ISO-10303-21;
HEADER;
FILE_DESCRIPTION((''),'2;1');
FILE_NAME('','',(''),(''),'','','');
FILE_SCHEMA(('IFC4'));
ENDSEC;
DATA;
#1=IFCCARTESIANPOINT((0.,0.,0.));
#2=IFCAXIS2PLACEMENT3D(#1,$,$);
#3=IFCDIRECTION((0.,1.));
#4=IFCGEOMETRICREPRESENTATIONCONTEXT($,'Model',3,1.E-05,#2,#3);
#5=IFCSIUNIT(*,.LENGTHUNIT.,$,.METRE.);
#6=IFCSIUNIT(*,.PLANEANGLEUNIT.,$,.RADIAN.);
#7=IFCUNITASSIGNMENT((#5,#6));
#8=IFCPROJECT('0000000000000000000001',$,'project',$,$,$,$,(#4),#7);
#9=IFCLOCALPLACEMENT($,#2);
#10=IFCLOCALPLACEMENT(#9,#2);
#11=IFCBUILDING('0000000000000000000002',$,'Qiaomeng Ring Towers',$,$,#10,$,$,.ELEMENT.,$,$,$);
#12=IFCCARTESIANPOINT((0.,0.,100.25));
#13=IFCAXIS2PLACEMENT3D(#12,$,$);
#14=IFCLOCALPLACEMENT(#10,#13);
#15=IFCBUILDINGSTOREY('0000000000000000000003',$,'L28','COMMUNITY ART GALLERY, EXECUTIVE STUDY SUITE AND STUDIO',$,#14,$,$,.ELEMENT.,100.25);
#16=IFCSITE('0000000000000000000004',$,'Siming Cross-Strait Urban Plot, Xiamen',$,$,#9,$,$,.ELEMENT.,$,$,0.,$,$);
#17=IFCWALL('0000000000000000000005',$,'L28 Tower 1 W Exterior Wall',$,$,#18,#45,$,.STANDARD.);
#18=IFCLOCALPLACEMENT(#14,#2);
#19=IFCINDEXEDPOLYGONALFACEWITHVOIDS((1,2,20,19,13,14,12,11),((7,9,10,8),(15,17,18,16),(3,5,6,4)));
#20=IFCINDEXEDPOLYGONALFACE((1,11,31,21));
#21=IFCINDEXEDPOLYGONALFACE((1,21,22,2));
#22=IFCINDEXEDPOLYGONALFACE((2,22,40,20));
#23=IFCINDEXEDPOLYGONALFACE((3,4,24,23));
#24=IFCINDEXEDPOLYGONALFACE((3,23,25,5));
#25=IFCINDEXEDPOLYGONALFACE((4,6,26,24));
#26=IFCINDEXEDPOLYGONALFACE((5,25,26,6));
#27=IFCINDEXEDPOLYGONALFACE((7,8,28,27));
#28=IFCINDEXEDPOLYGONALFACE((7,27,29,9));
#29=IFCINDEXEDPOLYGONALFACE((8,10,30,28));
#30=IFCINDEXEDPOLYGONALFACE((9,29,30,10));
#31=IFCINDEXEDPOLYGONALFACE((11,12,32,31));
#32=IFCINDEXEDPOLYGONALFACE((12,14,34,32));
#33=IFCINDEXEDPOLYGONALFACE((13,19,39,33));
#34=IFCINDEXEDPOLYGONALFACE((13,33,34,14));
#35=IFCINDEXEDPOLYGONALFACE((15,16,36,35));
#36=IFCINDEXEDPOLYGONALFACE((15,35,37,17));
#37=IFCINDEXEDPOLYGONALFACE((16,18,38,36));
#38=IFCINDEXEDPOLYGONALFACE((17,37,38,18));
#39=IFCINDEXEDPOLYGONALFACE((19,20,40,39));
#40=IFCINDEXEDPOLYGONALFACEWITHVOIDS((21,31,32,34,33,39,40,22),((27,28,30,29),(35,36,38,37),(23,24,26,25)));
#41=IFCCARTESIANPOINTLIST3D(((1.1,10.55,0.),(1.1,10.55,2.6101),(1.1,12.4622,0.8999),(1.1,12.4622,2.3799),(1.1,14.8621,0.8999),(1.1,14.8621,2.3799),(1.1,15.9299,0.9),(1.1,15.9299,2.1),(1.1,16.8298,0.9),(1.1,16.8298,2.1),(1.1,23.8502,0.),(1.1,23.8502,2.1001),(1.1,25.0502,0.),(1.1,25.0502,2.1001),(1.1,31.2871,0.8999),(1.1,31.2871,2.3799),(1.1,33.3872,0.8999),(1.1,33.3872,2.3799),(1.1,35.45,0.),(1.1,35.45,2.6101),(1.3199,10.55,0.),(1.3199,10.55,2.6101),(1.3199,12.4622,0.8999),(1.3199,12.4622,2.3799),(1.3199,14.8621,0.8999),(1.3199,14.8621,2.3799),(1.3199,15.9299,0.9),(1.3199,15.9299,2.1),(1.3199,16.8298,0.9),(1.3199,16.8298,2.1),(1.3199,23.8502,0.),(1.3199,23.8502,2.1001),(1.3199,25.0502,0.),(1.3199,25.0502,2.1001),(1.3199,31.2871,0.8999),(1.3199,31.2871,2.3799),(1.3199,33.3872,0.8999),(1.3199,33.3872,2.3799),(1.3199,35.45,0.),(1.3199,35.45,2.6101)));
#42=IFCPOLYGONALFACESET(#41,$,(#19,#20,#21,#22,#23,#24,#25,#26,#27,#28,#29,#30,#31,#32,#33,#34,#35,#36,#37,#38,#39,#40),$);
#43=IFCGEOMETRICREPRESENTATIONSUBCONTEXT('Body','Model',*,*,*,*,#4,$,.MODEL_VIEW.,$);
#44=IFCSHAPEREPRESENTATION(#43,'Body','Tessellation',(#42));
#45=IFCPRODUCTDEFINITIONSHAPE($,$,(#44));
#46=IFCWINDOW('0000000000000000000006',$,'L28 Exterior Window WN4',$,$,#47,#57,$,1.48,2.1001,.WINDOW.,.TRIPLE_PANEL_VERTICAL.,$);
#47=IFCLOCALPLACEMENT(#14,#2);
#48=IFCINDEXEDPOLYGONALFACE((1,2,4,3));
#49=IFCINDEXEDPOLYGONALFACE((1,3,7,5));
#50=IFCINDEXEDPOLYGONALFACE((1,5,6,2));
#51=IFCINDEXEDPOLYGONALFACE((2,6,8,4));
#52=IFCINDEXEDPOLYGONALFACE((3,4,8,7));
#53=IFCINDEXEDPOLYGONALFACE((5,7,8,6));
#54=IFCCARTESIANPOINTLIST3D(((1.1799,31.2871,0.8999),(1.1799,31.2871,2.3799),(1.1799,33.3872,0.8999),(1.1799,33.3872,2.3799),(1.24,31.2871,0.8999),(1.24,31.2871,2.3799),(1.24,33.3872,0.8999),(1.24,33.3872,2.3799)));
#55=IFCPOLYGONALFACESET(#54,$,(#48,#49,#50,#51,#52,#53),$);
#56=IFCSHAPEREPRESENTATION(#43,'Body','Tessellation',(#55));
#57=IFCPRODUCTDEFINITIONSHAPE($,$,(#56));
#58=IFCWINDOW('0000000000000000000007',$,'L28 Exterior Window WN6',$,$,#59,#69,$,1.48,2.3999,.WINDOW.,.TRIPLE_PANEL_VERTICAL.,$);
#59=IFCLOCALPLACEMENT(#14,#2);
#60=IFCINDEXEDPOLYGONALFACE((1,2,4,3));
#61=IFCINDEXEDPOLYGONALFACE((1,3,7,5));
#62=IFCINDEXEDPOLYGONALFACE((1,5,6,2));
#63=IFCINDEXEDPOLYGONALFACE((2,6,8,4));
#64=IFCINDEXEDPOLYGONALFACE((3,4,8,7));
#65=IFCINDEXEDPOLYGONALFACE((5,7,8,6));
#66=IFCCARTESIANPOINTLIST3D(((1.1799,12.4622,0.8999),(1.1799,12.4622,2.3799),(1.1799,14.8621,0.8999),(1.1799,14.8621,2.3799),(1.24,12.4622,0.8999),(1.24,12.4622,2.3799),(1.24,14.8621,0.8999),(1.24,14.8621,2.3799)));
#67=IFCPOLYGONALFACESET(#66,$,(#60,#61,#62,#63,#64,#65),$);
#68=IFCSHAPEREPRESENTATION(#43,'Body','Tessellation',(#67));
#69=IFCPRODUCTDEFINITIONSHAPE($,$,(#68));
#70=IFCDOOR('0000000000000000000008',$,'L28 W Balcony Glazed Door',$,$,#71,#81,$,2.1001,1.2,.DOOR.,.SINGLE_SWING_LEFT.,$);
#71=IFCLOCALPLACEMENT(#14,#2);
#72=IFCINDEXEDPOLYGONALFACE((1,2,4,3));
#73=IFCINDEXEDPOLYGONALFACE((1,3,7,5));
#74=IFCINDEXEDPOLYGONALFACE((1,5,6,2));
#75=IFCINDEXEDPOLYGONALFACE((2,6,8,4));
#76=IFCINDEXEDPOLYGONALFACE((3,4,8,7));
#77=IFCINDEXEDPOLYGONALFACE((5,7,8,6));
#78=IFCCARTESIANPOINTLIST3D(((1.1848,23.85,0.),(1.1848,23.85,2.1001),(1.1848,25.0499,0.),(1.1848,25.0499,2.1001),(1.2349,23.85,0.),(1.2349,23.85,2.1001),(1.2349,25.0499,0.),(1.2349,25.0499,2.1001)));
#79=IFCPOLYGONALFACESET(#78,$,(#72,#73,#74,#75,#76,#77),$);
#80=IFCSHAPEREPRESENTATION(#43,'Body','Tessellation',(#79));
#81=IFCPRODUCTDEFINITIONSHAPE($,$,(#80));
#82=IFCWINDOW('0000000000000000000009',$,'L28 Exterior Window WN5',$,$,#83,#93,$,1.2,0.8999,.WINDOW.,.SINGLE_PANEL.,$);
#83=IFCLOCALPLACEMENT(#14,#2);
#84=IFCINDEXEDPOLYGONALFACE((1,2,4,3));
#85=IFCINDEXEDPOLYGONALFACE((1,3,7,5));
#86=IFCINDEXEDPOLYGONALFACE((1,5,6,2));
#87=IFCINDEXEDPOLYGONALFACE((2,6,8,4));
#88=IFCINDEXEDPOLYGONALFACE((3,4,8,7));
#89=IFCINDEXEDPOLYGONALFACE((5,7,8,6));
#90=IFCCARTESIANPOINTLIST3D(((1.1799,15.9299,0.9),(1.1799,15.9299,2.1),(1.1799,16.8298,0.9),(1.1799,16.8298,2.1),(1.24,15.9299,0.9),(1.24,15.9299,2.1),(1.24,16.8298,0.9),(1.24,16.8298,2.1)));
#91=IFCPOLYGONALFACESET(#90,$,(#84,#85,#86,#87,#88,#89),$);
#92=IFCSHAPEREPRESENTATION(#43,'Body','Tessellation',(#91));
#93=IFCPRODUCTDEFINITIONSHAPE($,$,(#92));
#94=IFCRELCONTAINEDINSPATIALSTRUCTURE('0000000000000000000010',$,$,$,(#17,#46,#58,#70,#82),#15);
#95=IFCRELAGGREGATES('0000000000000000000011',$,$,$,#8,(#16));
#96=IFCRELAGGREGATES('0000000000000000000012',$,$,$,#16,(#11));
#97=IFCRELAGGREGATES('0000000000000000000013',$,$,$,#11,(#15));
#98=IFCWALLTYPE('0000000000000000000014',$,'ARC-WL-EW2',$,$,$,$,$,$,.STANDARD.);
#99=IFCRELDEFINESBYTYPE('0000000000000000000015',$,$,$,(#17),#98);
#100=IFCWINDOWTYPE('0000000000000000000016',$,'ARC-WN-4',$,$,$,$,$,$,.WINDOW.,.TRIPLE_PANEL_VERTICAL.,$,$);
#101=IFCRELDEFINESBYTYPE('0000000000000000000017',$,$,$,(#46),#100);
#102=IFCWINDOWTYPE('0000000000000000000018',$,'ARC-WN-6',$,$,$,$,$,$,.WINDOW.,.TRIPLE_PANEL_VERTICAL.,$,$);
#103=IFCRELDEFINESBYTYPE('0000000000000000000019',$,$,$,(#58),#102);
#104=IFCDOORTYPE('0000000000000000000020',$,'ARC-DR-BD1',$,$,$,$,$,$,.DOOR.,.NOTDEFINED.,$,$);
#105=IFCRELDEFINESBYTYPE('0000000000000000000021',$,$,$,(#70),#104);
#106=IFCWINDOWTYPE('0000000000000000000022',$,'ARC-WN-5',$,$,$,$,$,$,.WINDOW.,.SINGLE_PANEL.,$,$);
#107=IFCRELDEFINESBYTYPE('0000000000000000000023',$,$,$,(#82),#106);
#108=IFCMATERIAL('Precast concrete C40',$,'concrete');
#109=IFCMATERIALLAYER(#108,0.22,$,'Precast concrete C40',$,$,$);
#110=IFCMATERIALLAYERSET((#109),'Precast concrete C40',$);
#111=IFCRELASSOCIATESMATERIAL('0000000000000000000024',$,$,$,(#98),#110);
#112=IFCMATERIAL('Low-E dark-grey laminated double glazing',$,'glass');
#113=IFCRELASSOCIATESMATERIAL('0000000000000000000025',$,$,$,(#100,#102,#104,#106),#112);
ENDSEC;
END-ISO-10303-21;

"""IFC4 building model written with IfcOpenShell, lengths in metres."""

from ifc_helpers import new_model, si_unit, direction, frame, frame_2d, origin, place, context, subcontext, project, spatial, rectangle, extrude, source, transform, mapped, material, layer, layer_set, type_object, element, fill, save


model = new_model("IFC4")

# Units and contexts
model_context = context("Model", 3, precision=1e-05, world=origin(), true_north=direction((0.0, 1.0)))
body_context = subcontext(model_context, "Body", "Model", "MODEL_VIEW")
ifc_project = project(units=[si_unit("LENGTHUNIT", "METRE"), si_unit("PLANEANGLEUNIT", "RADIAN")], contexts=[model_context])

# Site, building, storey
site_placement = place(None, origin())
site = spatial("IfcSite", under=ifc_project, at=site_placement, Name="Siming Cross-Strait Urban Plot, Xiamen", CompositionType="ELEMENT", RefElevation=0.0)
building_placement = place(site_placement, origin())
building = spatial("IfcBuilding", under=site, at=building_placement, Name="Qiaomeng Ring Towers", CompositionType="ELEMENT")
storey_placement = place(building_placement, frame((0.0, 0.0, 100.25)))
storey = spatial("IfcBuildingStorey", under=building, at=storey_placement, Name="L28", Description="COMMUNITY ART GALLERY, EXECUTIVE STUDY SUITE AND STUDIO", CompositionType="ELEMENT", Elevation=100.25)

# Wall, openings, windows, door
ifc_material_1 = material(Name="Precast concrete C40", Category="concrete")
ifc_layer_1 = layer(ifc_material_1, 0.22, Name="Precast concrete C40")
ifc_layer_set_1 = layer_set([ifc_layer_1], Name="Precast concrete C40")
wall_type_1 = type_object("IfcWallType", Name="ARC-WL-EW2", PredefinedType="STANDARD", material=ifc_layer_set_1)
wall_1_placement = place(storey_placement, frame((1.21, 10.55, 0.0), z_axis=(0.0, 0.0, 1.0), x_axis=(0.0, 1.0, 0.0)))
wall_1 = element("IfcWall", 1, at=wall_1_placement, inside=storey, type_object=wall_type_1, Name="L28 Tower 1 W Exterior Wall", PredefinedType="STANDARD", context=body_context, shape_type="SweptSolid", body=[
    extrude(rectangle(XDim=24.8999, YDim=0.22, at=frame_2d((12.45, 0.0))), origin(), (0.0, 0.0, 1.0), 2.6101),
])
opening_1_placement = place(wall_1_placement, frame((13.3, 0.0, 0.0)))
opening_1 = element("IfcOpeningElement", 2, at=opening_1_placement, cuts=wall_1, PredefinedType="OPENING", context=body_context, shape_type="SweptSolid", body=[
    extrude(rectangle(XDim=1.2, YDim=2.1001, at=frame_2d((0.6001, 1.05))), frame((0.0, 0.1199, 0.0), z_axis=(0.0, -1.0, 0.0), x_axis=(1.0, 0.0, 0.0)), (0.0, 0.0, 1.0), 0.24),
])
opening_2_placement = place(wall_1_placement, frame((1.9121, 0.0, 0.8999)))
opening_2 = element("IfcOpeningElement", 3, at=opening_2_placement, cuts=wall_1, PredefinedType="OPENING", context=body_context, shape_type="SweptSolid", body=[
    extrude(rectangle(XDim=2.3999, YDim=1.48, at=frame_2d((1.2, 0.74))), frame((0.0, 0.1199, 0.0), z_axis=(0.0, -1.0, 0.0), x_axis=(1.0, 0.0, 0.0)), (0.0, 0.0, 1.0), 0.24),
])
opening_3_placement = place(wall_1_placement, frame((20.7371, 0.0, 0.8999)))
opening_3 = element("IfcOpeningElement", 4, at=opening_3_placement, cuts=wall_1, PredefinedType="OPENING", context=body_context, shape_type="SweptSolid", body=[
    extrude(rectangle(XDim=2.1001, YDim=1.48, at=frame_2d((1.05, 0.74))), frame((0.0, 0.1199, 0.0), z_axis=(0.0, -1.0, 0.0), x_axis=(1.0, 0.0, 0.0)), (0.0, 0.0, 1.0), 0.24),
])
opening_4_placement = place(wall_1_placement, frame((5.3799, 0.0, 0.8999)))
opening_4 = element("IfcOpeningElement", 5, at=opening_4_placement, cuts=wall_1, PredefinedType="OPENING", context=body_context, shape_type="SweptSolid", body=[
    extrude(rectangle(XDim=0.8999, YDim=1.2, at=frame_2d((0.45, 0.6001))), frame((0.0, 0.1199, 0.0), z_axis=(0.0, -1.0, 0.0), x_axis=(1.0, 0.0, 0.0)), (0.0, 0.0, 1.0), 0.24),
])
ifc_material_2 = material(Name="Low-E dark-grey laminated double glazing", Category="glass")
window_type_1 = type_object("IfcWindowType", Name="ARC-WN-4", PartitioningType="TRIPLE_PANEL_VERTICAL", PredefinedType="WINDOW", material=ifc_material_2)
shared_shape_1 = source(origin(), body_context, "Body", "SweptSolid", [
    extrude(rectangle(XDim=2.1001, YDim=1.48, at=frame_2d((1.05, 0.74))), frame((0.0, 0.03, 0.0), z_axis=(0.0, -1.0, 0.0), x_axis=(1.0, 0.0, 0.0)), (0.0, 0.0, 1.0), 0.0601),
])
window_1_placement = place(opening_3_placement, origin())
window_1 = element("IfcWindow", 6, at=window_1_placement, inside=storey, type_object=window_type_1, Name="L28 Exterior Window WN4", OverallHeight=1.48, OverallWidth=2.1001, PartitioningType="TRIPLE_PANEL_VERTICAL", PredefinedType="WINDOW", context=body_context, shape_type="MappedRepresentation", body=[
    mapped(shared_shape_1, transform((0.0, 0.0, 0.0), x_axis=(1.0, 0.0, 0.0), y_axis=(0.0, 1.0, 0.0), z_axis=(0.0, 0.0, 1.0), scale=1.0)),
])
fill(opening_3, window_1)
window_type_2 = type_object("IfcWindowType", Name="ARC-WN-6", PartitioningType="TRIPLE_PANEL_VERTICAL", PredefinedType="WINDOW", material=ifc_material_2)
shared_shape_2 = source(origin(), body_context, "Body", "SweptSolid", [
    extrude(rectangle(XDim=2.3999, YDim=1.48, at=frame_2d((1.2, 0.74))), frame((0.0, 0.03, 0.0), z_axis=(0.0, -1.0, 0.0), x_axis=(1.0, 0.0, 0.0)), (0.0, 0.0, 1.0), 0.0601),
])
window_2_placement = place(opening_2_placement, origin())
window_2 = element("IfcWindow", 7, at=window_2_placement, inside=storey, type_object=window_type_2, Name="L28 Exterior Window WN6", OverallHeight=1.48, OverallWidth=2.3999, PartitioningType="TRIPLE_PANEL_VERTICAL", PredefinedType="WINDOW", context=body_context, shape_type="MappedRepresentation", body=[
    mapped(shared_shape_2, transform((0.0, 0.0, 0.0), x_axis=(1.0, 0.0, 0.0), y_axis=(0.0, 1.0, 0.0), z_axis=(0.0, 0.0, 1.0), scale=1.0)),
])
fill(opening_2, window_2)
door_type_1 = type_object("IfcDoorType", Name="ARC-DR-BD1", OperationType="NOTDEFINED", PredefinedType="DOOR", material=ifc_material_2)
shared_shape_3 = source(origin(), body_context, "Body", "SweptSolid", [
    extrude(rectangle(XDim=1.2, YDim=2.1001, at=frame_2d((0.6001, 1.05))), frame((0.0, 0.0249, 0.0), z_axis=(0.0, -1.0, 0.0), x_axis=(1.0, 0.0, 0.0)), (0.0, 0.0, 1.0), 0.05),
])
door_1_placement = place(opening_1_placement, frame((1.2, 0.0, 0.0), z_axis=(0.0, 0.0, 1.0), x_axis=(-1.0, 0.0, 0.0)))
door_1 = element("IfcDoor", 8, at=door_1_placement, inside=storey, type_object=door_type_1, Name="L28 W Balcony Glazed Door", OperationType="SINGLE_SWING_LEFT", OverallHeight=2.1001, OverallWidth=1.2, PredefinedType="DOOR", context=body_context, shape_type="MappedRepresentation", body=[
    mapped(shared_shape_3, transform((0.0, 0.0, 0.0), x_axis=(1.0, 0.0, 0.0), y_axis=(0.0, 1.0, 0.0), z_axis=(0.0, 0.0, 1.0), scale=1.0)),
])
fill(opening_1, door_1)
window_type_3 = type_object("IfcWindowType", Name="ARC-WN-5", PartitioningType="SINGLE_PANEL", PredefinedType="WINDOW", material=ifc_material_2)
shared_shape_4 = source(origin(), body_context, "Body", "SweptSolid", [
    extrude(rectangle(XDim=0.8999, YDim=1.2, at=frame_2d((0.45, 0.6001))), frame((0.0, 0.03, 0.0), z_axis=(0.0, -1.0, 0.0), x_axis=(1.0, 0.0, 0.0)), (0.0, 0.0, 1.0), 0.0601),
])
window_3_placement = place(opening_4_placement, origin())
window_3 = element("IfcWindow", 9, at=window_3_placement, inside=storey, type_object=window_type_3, Name="L28 Exterior Window WN5", OverallHeight=1.2, OverallWidth=0.8999, PartitioningType="SINGLE_PANEL", PredefinedType="WINDOW", context=body_context, shape_type="MappedRepresentation", body=[
    mapped(shared_shape_4, transform((0.0, 0.0, 0.0), x_axis=(1.0, 0.0, 0.0), y_axis=(0.0, 1.0, 0.0), z_axis=(0.0, 0.0, 1.0), scale=1.0)),
])
fill(opening_4, window_3)

save(model, "model.ifc")
